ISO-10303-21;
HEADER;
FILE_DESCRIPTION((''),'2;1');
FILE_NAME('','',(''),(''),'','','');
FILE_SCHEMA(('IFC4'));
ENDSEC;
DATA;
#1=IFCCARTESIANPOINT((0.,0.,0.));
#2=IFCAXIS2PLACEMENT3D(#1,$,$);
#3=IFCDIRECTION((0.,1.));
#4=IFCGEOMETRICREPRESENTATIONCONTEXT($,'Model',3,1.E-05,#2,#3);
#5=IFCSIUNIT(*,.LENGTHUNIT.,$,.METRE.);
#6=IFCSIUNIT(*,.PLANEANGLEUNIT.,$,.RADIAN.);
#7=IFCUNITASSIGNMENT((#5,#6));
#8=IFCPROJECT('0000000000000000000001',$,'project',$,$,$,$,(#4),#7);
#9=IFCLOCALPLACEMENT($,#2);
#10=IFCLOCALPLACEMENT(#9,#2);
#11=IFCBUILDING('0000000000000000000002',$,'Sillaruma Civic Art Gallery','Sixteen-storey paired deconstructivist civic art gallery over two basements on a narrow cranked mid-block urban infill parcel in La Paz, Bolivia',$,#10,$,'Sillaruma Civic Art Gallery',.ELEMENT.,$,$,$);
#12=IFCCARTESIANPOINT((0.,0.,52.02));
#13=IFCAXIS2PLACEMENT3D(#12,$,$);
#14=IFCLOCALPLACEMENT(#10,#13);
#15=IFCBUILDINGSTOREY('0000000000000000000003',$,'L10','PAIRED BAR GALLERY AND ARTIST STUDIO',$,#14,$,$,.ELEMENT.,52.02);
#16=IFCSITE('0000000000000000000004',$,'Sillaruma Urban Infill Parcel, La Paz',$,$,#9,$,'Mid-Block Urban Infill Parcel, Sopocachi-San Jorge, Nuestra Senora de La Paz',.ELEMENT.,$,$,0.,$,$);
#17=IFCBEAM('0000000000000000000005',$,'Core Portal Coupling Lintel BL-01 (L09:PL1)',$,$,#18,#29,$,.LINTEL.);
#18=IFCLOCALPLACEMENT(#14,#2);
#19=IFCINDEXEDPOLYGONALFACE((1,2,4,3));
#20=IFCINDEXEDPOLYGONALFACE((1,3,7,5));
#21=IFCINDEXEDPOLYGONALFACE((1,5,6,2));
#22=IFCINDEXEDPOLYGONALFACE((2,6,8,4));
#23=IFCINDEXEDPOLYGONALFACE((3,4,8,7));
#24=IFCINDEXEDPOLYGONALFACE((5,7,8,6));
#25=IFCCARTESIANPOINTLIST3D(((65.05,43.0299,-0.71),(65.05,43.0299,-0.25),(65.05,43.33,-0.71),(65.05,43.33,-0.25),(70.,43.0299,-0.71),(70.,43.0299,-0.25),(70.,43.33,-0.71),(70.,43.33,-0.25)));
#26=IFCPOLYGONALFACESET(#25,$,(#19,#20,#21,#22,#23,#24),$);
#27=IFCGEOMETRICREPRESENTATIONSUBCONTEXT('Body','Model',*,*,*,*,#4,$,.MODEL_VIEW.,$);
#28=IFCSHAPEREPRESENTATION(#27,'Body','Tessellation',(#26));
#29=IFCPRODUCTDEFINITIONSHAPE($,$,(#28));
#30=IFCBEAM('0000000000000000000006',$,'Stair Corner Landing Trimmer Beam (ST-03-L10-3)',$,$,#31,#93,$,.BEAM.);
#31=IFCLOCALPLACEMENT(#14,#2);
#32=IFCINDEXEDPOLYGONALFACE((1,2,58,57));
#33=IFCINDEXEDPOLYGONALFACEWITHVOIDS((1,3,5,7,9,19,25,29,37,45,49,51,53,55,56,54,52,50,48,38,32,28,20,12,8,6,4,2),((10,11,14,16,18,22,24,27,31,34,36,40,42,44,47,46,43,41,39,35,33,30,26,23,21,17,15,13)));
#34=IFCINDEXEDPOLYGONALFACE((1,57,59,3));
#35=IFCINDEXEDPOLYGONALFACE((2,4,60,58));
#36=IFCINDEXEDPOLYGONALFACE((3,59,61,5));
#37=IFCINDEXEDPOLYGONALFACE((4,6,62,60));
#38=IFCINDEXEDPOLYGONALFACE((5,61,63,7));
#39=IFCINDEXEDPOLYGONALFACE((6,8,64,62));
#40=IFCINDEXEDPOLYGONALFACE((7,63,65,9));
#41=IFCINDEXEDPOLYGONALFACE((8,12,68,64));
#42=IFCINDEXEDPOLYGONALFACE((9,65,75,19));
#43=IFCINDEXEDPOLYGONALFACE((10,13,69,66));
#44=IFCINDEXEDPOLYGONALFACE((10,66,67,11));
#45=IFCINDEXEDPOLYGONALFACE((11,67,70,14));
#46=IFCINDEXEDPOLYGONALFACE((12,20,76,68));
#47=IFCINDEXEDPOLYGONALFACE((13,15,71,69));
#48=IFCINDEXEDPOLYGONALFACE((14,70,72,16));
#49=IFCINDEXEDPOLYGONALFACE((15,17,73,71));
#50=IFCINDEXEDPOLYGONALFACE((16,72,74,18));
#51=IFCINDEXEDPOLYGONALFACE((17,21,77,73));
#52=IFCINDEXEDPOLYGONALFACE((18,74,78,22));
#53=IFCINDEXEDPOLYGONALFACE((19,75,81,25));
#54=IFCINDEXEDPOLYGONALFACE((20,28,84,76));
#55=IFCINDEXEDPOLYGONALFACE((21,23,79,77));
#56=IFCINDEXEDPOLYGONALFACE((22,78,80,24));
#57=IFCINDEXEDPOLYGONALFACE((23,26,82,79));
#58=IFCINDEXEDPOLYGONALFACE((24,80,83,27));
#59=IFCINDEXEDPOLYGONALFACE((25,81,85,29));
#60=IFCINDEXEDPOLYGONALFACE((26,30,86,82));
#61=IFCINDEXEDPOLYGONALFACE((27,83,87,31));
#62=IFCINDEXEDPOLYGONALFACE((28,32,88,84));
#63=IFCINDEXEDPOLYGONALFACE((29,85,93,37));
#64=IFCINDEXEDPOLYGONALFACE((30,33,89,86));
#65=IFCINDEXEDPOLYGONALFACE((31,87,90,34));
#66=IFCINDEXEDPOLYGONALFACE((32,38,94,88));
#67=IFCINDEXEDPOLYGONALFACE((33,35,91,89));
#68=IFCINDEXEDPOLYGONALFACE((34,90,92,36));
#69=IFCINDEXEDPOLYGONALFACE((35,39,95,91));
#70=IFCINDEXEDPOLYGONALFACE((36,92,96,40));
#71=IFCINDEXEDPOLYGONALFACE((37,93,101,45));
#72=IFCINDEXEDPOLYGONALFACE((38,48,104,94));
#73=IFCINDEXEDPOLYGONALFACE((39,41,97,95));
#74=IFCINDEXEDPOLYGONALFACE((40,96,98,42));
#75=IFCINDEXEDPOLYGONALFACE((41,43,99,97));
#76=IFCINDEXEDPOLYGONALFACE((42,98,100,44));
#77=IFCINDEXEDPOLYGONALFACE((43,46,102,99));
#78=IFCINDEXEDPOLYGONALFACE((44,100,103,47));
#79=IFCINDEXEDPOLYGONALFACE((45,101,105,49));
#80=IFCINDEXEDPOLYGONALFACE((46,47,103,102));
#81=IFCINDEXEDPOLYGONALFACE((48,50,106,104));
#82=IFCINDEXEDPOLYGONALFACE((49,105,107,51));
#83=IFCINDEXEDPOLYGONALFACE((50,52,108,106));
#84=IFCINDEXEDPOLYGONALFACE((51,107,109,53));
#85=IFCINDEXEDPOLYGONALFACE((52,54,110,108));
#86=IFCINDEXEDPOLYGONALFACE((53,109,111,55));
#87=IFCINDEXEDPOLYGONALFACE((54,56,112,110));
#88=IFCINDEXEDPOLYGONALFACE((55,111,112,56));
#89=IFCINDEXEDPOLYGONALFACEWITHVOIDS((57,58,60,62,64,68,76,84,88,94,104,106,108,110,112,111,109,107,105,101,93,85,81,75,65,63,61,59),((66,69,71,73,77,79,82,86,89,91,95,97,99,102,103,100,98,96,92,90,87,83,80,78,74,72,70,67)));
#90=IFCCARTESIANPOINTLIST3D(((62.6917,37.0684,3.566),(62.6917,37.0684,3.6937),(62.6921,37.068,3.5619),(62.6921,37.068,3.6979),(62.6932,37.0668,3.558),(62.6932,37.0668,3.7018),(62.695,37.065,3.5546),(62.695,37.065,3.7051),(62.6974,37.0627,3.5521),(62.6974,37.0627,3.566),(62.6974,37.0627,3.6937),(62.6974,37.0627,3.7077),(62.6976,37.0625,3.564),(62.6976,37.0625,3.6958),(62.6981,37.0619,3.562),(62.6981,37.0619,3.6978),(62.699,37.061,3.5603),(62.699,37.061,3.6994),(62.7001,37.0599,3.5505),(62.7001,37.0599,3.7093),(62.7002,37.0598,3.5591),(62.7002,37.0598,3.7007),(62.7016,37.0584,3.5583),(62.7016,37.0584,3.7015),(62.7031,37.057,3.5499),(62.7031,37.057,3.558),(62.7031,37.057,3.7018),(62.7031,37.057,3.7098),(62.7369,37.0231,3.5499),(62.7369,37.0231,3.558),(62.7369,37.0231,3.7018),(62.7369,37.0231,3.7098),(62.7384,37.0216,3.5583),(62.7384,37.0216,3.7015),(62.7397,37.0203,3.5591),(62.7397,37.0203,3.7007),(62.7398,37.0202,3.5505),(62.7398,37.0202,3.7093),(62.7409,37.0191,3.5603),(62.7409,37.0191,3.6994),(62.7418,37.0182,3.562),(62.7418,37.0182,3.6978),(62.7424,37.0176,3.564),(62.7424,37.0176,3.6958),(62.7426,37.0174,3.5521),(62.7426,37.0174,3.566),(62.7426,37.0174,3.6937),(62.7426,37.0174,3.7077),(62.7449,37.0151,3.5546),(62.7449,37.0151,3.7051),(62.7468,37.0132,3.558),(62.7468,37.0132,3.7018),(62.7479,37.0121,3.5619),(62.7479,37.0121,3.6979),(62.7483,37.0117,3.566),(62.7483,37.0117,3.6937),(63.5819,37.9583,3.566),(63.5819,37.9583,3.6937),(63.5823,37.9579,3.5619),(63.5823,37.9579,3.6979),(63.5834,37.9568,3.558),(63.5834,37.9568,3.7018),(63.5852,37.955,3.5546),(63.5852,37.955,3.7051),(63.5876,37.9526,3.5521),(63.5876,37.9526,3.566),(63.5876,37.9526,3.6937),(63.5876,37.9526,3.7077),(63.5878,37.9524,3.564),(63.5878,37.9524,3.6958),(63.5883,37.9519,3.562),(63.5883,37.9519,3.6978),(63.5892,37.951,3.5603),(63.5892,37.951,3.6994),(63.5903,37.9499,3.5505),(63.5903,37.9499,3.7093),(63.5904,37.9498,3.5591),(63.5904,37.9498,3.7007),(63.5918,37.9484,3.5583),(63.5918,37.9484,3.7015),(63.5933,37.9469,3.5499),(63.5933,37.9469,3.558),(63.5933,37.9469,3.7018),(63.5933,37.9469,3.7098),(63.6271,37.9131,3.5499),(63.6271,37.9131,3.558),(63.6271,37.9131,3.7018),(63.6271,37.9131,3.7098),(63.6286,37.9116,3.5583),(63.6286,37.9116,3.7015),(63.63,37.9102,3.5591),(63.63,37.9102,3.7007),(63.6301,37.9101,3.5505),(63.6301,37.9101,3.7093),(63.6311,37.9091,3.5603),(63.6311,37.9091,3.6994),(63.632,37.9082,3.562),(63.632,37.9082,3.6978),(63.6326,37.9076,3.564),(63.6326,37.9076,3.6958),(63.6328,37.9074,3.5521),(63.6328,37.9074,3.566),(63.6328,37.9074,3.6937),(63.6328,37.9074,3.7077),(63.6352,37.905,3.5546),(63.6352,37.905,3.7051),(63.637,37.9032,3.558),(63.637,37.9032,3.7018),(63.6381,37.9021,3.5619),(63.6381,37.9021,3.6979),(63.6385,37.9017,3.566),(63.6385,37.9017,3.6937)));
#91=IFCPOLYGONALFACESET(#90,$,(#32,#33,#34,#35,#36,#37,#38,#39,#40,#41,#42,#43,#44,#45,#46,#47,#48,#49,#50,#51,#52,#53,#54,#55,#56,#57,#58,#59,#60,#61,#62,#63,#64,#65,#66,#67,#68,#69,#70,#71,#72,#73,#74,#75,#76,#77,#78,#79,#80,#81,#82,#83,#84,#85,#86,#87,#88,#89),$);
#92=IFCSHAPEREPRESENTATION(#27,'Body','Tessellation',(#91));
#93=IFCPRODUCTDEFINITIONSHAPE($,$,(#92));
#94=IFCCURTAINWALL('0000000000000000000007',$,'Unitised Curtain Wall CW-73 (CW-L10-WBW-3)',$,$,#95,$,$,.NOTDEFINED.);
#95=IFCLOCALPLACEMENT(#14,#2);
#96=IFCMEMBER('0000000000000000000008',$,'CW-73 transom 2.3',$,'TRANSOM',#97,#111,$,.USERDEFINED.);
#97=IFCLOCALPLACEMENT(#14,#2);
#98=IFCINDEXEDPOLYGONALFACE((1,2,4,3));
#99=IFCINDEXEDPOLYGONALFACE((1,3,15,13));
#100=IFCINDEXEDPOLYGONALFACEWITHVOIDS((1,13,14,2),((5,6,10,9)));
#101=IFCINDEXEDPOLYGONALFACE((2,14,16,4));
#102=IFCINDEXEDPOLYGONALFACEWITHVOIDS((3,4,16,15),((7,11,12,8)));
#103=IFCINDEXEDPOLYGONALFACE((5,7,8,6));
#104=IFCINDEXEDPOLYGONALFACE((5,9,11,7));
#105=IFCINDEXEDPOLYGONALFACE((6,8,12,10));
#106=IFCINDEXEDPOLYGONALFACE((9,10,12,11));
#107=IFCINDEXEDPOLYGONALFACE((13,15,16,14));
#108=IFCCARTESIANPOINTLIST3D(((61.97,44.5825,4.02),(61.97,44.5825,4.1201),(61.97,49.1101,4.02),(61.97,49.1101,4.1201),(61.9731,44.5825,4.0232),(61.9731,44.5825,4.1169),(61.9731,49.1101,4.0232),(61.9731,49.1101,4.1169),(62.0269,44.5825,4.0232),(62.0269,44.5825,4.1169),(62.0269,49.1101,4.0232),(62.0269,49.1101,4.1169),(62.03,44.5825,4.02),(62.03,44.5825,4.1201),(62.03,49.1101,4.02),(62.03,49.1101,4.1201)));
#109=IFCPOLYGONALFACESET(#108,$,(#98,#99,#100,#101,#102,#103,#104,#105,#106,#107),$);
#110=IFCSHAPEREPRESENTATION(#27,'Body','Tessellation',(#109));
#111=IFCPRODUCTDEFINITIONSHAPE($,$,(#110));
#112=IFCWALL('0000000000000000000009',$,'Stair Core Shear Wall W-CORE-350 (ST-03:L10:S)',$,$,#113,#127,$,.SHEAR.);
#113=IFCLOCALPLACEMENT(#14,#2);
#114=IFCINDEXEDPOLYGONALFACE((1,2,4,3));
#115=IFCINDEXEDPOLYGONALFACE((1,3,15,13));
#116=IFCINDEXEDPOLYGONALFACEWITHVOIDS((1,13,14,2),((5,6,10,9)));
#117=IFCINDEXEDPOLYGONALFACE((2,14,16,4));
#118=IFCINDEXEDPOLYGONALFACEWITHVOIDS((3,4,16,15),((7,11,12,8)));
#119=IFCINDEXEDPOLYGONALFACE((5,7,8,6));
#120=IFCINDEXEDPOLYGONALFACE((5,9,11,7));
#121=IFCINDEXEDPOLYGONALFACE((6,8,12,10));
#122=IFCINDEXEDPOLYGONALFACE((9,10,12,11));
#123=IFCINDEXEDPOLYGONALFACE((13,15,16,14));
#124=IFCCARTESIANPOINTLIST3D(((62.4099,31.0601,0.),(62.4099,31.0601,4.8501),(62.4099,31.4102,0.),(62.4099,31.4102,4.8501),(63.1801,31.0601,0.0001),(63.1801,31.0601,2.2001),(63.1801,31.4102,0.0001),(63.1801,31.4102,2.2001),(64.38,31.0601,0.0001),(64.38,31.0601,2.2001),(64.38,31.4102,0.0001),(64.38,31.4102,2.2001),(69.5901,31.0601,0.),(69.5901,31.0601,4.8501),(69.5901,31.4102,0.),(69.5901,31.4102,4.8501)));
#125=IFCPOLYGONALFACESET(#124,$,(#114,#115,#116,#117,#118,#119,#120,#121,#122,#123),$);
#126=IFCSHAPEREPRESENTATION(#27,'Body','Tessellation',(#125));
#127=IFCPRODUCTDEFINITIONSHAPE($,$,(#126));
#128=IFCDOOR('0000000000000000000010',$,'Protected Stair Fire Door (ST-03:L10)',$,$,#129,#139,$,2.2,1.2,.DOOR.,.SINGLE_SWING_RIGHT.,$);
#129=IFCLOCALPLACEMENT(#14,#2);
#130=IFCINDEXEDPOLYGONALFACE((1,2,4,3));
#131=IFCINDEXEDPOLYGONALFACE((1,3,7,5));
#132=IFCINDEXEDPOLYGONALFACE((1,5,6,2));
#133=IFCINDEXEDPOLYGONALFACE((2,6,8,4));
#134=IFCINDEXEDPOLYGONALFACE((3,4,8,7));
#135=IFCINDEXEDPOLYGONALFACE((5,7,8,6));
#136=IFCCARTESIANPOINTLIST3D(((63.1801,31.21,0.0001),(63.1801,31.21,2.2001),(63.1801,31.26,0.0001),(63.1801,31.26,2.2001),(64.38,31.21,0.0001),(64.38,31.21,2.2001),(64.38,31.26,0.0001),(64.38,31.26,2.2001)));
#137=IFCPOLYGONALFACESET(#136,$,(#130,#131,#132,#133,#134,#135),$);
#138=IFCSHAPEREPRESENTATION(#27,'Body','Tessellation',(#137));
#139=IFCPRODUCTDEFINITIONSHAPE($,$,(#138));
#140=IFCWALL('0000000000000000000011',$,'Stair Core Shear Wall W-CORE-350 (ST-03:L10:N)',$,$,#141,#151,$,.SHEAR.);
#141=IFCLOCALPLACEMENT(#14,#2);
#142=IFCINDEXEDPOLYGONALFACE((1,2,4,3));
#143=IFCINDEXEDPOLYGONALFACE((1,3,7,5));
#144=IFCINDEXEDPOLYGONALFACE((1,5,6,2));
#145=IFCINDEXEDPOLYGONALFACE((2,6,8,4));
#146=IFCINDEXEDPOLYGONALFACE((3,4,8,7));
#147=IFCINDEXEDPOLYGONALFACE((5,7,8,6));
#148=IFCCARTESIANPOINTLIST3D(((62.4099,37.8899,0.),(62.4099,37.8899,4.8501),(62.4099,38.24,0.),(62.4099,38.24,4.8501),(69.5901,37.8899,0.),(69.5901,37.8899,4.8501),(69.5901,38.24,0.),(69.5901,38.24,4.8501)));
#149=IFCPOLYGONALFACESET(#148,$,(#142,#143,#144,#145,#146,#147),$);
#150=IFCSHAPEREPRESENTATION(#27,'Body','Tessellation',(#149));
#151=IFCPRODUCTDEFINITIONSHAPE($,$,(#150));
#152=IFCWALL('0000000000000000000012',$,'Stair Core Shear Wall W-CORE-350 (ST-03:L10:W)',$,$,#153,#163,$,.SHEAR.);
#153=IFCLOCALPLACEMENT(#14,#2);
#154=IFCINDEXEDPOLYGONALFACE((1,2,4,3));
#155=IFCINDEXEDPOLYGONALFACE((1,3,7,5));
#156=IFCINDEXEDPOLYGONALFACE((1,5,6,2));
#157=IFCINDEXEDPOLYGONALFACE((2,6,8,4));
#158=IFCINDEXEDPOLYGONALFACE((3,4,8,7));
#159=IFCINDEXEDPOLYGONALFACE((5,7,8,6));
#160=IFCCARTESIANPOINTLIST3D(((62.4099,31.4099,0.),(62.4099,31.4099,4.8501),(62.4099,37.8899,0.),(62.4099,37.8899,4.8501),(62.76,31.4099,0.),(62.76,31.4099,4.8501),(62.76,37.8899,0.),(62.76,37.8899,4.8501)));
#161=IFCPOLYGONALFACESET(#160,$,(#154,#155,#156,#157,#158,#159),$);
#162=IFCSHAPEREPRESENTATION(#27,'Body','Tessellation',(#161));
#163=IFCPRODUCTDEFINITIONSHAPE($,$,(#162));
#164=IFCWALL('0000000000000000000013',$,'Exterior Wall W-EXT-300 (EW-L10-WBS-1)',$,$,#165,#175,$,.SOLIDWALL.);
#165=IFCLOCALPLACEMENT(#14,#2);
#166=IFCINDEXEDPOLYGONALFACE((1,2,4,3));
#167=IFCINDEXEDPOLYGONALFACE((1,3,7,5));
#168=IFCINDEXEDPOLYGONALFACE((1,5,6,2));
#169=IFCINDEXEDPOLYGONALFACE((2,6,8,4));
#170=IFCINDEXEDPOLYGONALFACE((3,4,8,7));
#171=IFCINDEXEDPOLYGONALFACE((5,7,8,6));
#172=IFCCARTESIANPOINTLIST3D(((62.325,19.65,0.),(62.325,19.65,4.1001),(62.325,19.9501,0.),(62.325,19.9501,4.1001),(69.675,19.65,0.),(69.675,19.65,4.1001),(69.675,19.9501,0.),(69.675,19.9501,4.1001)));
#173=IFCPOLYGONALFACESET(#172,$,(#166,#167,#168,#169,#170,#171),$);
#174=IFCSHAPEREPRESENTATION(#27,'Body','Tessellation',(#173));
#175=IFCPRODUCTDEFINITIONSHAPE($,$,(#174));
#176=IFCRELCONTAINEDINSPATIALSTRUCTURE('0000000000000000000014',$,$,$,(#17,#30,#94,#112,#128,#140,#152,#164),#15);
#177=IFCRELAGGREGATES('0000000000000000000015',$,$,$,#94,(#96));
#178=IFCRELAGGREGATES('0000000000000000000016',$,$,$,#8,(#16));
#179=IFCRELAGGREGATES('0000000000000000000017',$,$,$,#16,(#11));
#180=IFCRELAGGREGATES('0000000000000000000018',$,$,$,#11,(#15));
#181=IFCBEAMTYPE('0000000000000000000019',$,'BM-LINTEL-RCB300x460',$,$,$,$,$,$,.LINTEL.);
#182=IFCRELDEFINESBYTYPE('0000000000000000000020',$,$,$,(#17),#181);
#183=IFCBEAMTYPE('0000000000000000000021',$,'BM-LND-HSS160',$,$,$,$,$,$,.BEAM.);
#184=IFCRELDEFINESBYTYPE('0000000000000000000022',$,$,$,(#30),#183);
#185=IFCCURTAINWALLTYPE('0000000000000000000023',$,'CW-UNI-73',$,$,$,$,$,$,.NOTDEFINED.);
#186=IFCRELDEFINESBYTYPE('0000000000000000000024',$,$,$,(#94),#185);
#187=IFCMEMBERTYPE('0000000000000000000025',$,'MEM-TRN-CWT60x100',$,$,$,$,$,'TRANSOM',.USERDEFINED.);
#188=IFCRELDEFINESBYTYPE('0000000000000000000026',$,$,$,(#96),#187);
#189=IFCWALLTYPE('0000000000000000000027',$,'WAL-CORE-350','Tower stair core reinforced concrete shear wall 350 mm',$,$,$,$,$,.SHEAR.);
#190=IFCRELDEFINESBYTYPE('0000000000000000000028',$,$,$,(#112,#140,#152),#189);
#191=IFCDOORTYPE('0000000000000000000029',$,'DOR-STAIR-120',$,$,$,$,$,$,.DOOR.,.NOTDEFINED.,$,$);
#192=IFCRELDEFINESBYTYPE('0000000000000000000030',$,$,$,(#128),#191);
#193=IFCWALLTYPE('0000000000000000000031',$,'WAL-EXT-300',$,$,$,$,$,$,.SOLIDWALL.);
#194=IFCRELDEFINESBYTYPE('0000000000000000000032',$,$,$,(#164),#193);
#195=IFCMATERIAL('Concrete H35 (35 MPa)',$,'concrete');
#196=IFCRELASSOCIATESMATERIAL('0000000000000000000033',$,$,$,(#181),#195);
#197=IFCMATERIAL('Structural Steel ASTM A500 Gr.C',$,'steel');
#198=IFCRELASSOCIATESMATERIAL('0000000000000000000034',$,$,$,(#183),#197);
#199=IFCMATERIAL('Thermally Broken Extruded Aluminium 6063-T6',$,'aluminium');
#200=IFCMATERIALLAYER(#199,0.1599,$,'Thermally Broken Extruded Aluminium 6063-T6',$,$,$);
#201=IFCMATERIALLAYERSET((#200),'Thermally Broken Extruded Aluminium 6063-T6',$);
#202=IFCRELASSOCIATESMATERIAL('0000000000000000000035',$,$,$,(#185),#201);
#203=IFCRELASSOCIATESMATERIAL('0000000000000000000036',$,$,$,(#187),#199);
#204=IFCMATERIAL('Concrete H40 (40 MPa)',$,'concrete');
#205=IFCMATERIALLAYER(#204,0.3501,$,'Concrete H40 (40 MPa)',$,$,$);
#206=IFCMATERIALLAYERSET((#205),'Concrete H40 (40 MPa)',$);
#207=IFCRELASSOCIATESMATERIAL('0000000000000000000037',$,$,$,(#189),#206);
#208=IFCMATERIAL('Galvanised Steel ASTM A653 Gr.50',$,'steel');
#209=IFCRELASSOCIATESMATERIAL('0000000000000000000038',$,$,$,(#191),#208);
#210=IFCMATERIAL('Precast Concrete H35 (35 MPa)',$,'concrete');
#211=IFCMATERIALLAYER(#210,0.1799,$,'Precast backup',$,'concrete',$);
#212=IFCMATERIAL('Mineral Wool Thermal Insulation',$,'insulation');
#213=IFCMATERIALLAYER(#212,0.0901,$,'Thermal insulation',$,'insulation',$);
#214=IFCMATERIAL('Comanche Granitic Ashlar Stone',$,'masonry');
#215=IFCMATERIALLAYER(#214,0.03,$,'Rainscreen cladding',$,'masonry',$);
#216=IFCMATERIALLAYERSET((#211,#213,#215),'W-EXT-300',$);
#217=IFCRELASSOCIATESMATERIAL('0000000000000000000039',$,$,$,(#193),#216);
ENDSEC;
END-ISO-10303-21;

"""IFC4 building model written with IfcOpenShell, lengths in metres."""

from ifc_helpers import new_model, si_unit, direction, frame, frame_2d, origin, origin_2d, place, context, subcontext, project, spatial, rectangle, hollow_rectangle, extrude, material, layer, layer_set, material_profile, profile_set, type_object, element, fill, aggregate, save


model = new_model("IFC4")

# Units and contexts
model_context = context("Model", 3, precision=1e-05, world=origin(), true_north=direction((0.0, 1.0)))
body_context = subcontext(model_context, "Body", "Model", "MODEL_VIEW")
ifc_project = project(units=[si_unit("LENGTHUNIT", "METRE"), si_unit("PLANEANGLEUNIT", "RADIAN")], contexts=[model_context])

# Site, building, storey
site_placement = place(None, origin())
site = spatial("IfcSite", under=ifc_project, at=site_placement, Name="Sillaruma Urban Infill Parcel, La Paz", LongName="Mid-Block Urban Infill Parcel, Sopocachi-San Jorge, Nuestra Senora de La Paz", CompositionType="ELEMENT", RefElevation=0.0)
building_placement = place(site_placement, origin())
building = spatial("IfcBuilding", under=site, at=building_placement, Name="Sillaruma Civic Art Gallery", Description="Sixteen-storey paired deconstructivist civic art gallery over two basements on a narrow cranked mid-block urban infill parcel in La Paz, Bolivia", LongName="Sillaruma Civic Art Gallery", CompositionType="ELEMENT")
storey_placement = place(building_placement, frame((0.0, 0.0, 52.02)))
storey = spatial("IfcBuildingStorey", under=building, at=storey_placement, Name="L10", Description="PAIRED BAR GALLERY AND ARTIST STUDIO", CompositionType="ELEMENT", Elevation=52.02)

# Beams
ifc_material_1 = material(Name="Concrete H35 (35 MPa)", Category="concrete")
ifc_material_profile_1 = material_profile(ifc_material_1, rectangle(XDim=0.3, YDim=0.46, at=origin_2d()), Name="RCB300x460")
ifc_profile_set_1 = profile_set([ifc_material_profile_1], Name="Concrete H35 (35 MPa)")
beam_type_1 = type_object("IfcBeamType", Name="BM-LINTEL-RCB300x460", PredefinedType="LINTEL", material=ifc_profile_set_1)
beam_1_placement = place(storey_placement, frame((65.05, 43.1799, -0.48), z_axis=(1.0, 0.0, 0.0), x_axis=(0.0, 1.0, 0.0)))
element("IfcBeam", 1, at=beam_1_placement, inside=storey, type_object=beam_type_1, Name="Core Portal Coupling Lintel BL-01 (L09:PL1)", PredefinedType="LINTEL", context=body_context, shape_type="SweptSolid", body=[
    extrude(rectangle(XDim=0.3, YDim=0.46, at=origin_2d()), origin(), (0.0, 0.0, 1.0), 4.95),
])
ifc_material_2 = material(Name="Structural Steel ASTM A500 Gr.C", Category="steel")
ifc_material_profile_2 = material_profile(ifc_material_2, hollow_rectangle(XDim=0.0801, YDim=0.1599, WallThickness=0.0081, InnerFilletRadius=0.0081, OuterFilletRadius=0.0161, at=origin_2d()), Name="HSS160x80x8")
ifc_profile_set_2 = profile_set([ifc_material_profile_2], Name="Structural Steel ASTM A500 Gr.C")
beam_type_2 = type_object("IfcBeamType", Name="BM-LND-HSS160", PredefinedType="BEAM", material=ifc_profile_set_2)
beam_2_placement = place(storey_placement, frame((62.72, 37.04, 3.6299), z_axis=(0.707204, 0.70701, 0.0), x_axis=(-0.70701, 0.707204, 0.0)))
element("IfcBeam", 2, at=beam_2_placement, inside=storey, type_object=beam_type_2, Name="Stair Corner Landing Trimmer Beam (ST-03-L10-3)", PredefinedType="BEAM", context=body_context, shape_type="SweptSolid", body=[
    extrude(hollow_rectangle(XDim=0.0801, YDim=0.1599, WallThickness=0.0081, InnerFilletRadius=0.0081, OuterFilletRadius=0.0161, at=origin_2d()), origin(), (0.0, 0.0, 1.0), 1.2588),
])

# Curtain wall, member
ifc_material_3 = material(Name="Thermally Broken Extruded Aluminium 6063-T6", Category="aluminium")
ifc_layer_1 = layer(ifc_material_3, 0.1599, Name="Thermally Broken Extruded Aluminium 6063-T6")
ifc_layer_set_1 = layer_set([ifc_layer_1], Name="Thermally Broken Extruded Aluminium 6063-T6")
curtain_wall_type = type_object("IfcCurtainWallType", Name="CW-UNI-73", PredefinedType="NOTDEFINED", material=ifc_layer_set_1)
curtain_wall_placement = place(storey_placement, origin())
curtain_wall = element("IfcCurtainWall", 3, at=curtain_wall_placement, inside=storey, type_object=curtain_wall_type, Name="Unitised Curtain Wall CW-73 (CW-L10-WBW-3)", PredefinedType="NOTDEFINED")
ifc_material_profile_3 = material_profile(ifc_material_3, hollow_rectangle(XDim=0.0601, YDim=0.1001, WallThickness=0.0032, at=origin_2d()), Name="CWT60x100")
ifc_profile_set_3 = profile_set([ifc_material_profile_3], Name="Thermally Broken Extruded Aluminium 6063-T6")
member_type = type_object("IfcMemberType", Name="MEM-TRN-CWT60x100", ElementType="TRANSOM", PredefinedType="USERDEFINED", material=ifc_profile_set_3)
member_placement = place(storey_placement, frame((62.0, 44.5825, 4.0701), z_axis=(0.0, 1.0, 0.0), x_axis=(-1.0, 0.0, 0.0)))
member = element("IfcMember", 4, at=member_placement, type_object=member_type, Name="CW-73 transom 2.3", ObjectType="TRANSOM", PredefinedType="USERDEFINED", context=body_context, shape_type="SweptSolid", body=[
    extrude(hollow_rectangle(XDim=0.0601, YDim=0.1001, WallThickness=0.0032, at=origin_2d()), origin(), (0.0, 0.0, 1.0), 4.5276),
])
aggregate(curtain_wall, [member])

# Wall, opening, door
ifc_material_4 = material(Name="Concrete H40 (40 MPa)", Category="concrete")
ifc_layer_2 = layer(ifc_material_4, 0.3501, Name="Concrete H40 (40 MPa)")
ifc_layer_set_2 = layer_set([ifc_layer_2], Name="Concrete H40 (40 MPa)")
wall_type_1 = type_object("IfcWallType", Name="WAL-CORE-350", Description="Tower stair core reinforced concrete shear wall 350 mm", PredefinedType="SHEAR", material=ifc_layer_set_2)
wall_1_placement = place(storey_placement, frame((62.4099, 31.2351, 0.0), z_axis=(0.0, 0.0, 1.0), x_axis=(1.0, 0.0, 0.0)))
wall_1 = element("IfcWall", 5, at=wall_1_placement, inside=storey, type_object=wall_type_1, Name="Stair Core Shear Wall W-CORE-350 (ST-03:L10:S)", PredefinedType="SHEAR", context=body_context, shape_type="SweptSolid", body=[
    extrude(rectangle(XDim=7.1802, YDim=0.3501, at=frame_2d((3.5901, 0.0))), origin(), (0.0, 0.0, 1.0), 4.8501),
])
opening_1_placement = place(wall_1_placement, frame((0.77, 0.0, 0.0)))
opening_1 = element("IfcOpeningElement", 6, at=opening_1_placement, cuts=wall_1, PredefinedType="OPENING", context=body_context, shape_type="SweptSolid", body=[
    extrude(rectangle(XDim=1.2, YDim=2.2, at=frame_2d((0.6001, 1.1001))), frame((0.0, 0.1851, 0.0), z_axis=(0.0, -1.0, 0.0), x_axis=(1.0, 0.0, 0.0)), (0.0, 0.0, 1.0), 0.3701),
])
ifc_material_5 = material(Name="Galvanised Steel ASTM A653 Gr.50", Category="steel")
door_type_1 = type_object("IfcDoorType", Name="DOR-STAIR-120", OperationType="NOTDEFINED", PredefinedType="DOOR", material=ifc_material_5)
door_1_placement = place(opening_1_placement, origin())
door_1 = element("IfcDoor", 7, at=door_1_placement, inside=storey, type_object=door_type_1, Name="Protected Stair Fire Door (ST-03:L10)", OperationType="SINGLE_SWING_RIGHT", OverallHeight=2.2, OverallWidth=1.2, PredefinedType="DOOR", context=body_context, shape_type="SweptSolid", body=[
    extrude(rectangle(XDim=1.2, YDim=2.2, at=frame_2d((0.6001, 1.1001))), frame((0.0, 0.0249, 0.0), z_axis=(0.0, -1.0, 0.0), x_axis=(1.0, 0.0, 0.0)), (0.0, 0.0, 1.0), 0.05),
])
fill(opening_1, door_1)

# Walls
wall_2_placement = place(storey_placement, frame((62.4099, 38.0649, 0.0), z_axis=(0.0, 0.0, 1.0), x_axis=(1.0, 0.0, 0.0)))
element("IfcWall", 8, at=wall_2_placement, inside=storey, type_object=wall_type_1, Name="Stair Core Shear Wall W-CORE-350 (ST-03:L10:N)", PredefinedType="SHEAR", context=body_context, shape_type="SweptSolid", body=[
    extrude(rectangle(XDim=7.1802, YDim=0.3501, at=frame_2d((3.5901, 0.0))), origin(), (0.0, 0.0, 1.0), 4.8501),
])
wall_3_placement = place(storey_placement, frame((62.585, 31.4099, 0.0), z_axis=(0.0, 0.0, 1.0), x_axis=(0.0, 1.0, 0.0)))
element("IfcWall", 9, at=wall_3_placement, inside=storey, type_object=wall_type_1, Name="Stair Core Shear Wall W-CORE-350 (ST-03:L10:W)", PredefinedType="SHEAR", context=body_context, shape_type="SweptSolid", body=[
    extrude(rectangle(XDim=6.48, YDim=0.3501, at=frame_2d((3.24, 0.0))), origin(), (0.0, 0.0, 1.0), 4.8501),
])
ifc_material_6 = material(Name="Precast Concrete H35 (35 MPa)", Category="concrete")
ifc_layer_3 = layer(ifc_material_6, 0.1799, Name="Precast backup", Category="concrete")
ifc_material_7 = material(Name="Mineral Wool Thermal Insulation", Category="insulation")
ifc_layer_4 = layer(ifc_material_7, 0.0901, Name="Thermal insulation", Category="insulation")
ifc_material_8 = material(Name="Comanche Granitic Ashlar Stone", Category="masonry")
ifc_layer_5 = layer(ifc_material_8, 0.03, Name="Rainscreen cladding", Category="masonry")
ifc_layer_set_3 = layer_set([ifc_layer_3, ifc_layer_4, ifc_layer_5], Name="W-EXT-300")
wall_type_2 = type_object("IfcWallType", Name="WAL-EXT-300", PredefinedType="SOLIDWALL", material=ifc_layer_set_3)
wall_4_placement = place(storey_placement, frame((62.325, 19.8, 0.0), z_axis=(0.0, 0.0, 1.0), x_axis=(1.0, 0.0, 0.0)))
element("IfcWall", 10, at=wall_4_placement, inside=storey, type_object=wall_type_2, Name="Exterior Wall W-EXT-300 (EW-L10-WBS-1)", PredefinedType="SOLIDWALL", context=body_context, shape_type="SweptSolid", body=[
    extrude(rectangle(XDim=7.3501, YDim=0.3, at=frame_2d((3.675, 0.0))), origin(), (0.0, 0.0, 1.0), 4.1001),
])

save(model, "model.ifc")
